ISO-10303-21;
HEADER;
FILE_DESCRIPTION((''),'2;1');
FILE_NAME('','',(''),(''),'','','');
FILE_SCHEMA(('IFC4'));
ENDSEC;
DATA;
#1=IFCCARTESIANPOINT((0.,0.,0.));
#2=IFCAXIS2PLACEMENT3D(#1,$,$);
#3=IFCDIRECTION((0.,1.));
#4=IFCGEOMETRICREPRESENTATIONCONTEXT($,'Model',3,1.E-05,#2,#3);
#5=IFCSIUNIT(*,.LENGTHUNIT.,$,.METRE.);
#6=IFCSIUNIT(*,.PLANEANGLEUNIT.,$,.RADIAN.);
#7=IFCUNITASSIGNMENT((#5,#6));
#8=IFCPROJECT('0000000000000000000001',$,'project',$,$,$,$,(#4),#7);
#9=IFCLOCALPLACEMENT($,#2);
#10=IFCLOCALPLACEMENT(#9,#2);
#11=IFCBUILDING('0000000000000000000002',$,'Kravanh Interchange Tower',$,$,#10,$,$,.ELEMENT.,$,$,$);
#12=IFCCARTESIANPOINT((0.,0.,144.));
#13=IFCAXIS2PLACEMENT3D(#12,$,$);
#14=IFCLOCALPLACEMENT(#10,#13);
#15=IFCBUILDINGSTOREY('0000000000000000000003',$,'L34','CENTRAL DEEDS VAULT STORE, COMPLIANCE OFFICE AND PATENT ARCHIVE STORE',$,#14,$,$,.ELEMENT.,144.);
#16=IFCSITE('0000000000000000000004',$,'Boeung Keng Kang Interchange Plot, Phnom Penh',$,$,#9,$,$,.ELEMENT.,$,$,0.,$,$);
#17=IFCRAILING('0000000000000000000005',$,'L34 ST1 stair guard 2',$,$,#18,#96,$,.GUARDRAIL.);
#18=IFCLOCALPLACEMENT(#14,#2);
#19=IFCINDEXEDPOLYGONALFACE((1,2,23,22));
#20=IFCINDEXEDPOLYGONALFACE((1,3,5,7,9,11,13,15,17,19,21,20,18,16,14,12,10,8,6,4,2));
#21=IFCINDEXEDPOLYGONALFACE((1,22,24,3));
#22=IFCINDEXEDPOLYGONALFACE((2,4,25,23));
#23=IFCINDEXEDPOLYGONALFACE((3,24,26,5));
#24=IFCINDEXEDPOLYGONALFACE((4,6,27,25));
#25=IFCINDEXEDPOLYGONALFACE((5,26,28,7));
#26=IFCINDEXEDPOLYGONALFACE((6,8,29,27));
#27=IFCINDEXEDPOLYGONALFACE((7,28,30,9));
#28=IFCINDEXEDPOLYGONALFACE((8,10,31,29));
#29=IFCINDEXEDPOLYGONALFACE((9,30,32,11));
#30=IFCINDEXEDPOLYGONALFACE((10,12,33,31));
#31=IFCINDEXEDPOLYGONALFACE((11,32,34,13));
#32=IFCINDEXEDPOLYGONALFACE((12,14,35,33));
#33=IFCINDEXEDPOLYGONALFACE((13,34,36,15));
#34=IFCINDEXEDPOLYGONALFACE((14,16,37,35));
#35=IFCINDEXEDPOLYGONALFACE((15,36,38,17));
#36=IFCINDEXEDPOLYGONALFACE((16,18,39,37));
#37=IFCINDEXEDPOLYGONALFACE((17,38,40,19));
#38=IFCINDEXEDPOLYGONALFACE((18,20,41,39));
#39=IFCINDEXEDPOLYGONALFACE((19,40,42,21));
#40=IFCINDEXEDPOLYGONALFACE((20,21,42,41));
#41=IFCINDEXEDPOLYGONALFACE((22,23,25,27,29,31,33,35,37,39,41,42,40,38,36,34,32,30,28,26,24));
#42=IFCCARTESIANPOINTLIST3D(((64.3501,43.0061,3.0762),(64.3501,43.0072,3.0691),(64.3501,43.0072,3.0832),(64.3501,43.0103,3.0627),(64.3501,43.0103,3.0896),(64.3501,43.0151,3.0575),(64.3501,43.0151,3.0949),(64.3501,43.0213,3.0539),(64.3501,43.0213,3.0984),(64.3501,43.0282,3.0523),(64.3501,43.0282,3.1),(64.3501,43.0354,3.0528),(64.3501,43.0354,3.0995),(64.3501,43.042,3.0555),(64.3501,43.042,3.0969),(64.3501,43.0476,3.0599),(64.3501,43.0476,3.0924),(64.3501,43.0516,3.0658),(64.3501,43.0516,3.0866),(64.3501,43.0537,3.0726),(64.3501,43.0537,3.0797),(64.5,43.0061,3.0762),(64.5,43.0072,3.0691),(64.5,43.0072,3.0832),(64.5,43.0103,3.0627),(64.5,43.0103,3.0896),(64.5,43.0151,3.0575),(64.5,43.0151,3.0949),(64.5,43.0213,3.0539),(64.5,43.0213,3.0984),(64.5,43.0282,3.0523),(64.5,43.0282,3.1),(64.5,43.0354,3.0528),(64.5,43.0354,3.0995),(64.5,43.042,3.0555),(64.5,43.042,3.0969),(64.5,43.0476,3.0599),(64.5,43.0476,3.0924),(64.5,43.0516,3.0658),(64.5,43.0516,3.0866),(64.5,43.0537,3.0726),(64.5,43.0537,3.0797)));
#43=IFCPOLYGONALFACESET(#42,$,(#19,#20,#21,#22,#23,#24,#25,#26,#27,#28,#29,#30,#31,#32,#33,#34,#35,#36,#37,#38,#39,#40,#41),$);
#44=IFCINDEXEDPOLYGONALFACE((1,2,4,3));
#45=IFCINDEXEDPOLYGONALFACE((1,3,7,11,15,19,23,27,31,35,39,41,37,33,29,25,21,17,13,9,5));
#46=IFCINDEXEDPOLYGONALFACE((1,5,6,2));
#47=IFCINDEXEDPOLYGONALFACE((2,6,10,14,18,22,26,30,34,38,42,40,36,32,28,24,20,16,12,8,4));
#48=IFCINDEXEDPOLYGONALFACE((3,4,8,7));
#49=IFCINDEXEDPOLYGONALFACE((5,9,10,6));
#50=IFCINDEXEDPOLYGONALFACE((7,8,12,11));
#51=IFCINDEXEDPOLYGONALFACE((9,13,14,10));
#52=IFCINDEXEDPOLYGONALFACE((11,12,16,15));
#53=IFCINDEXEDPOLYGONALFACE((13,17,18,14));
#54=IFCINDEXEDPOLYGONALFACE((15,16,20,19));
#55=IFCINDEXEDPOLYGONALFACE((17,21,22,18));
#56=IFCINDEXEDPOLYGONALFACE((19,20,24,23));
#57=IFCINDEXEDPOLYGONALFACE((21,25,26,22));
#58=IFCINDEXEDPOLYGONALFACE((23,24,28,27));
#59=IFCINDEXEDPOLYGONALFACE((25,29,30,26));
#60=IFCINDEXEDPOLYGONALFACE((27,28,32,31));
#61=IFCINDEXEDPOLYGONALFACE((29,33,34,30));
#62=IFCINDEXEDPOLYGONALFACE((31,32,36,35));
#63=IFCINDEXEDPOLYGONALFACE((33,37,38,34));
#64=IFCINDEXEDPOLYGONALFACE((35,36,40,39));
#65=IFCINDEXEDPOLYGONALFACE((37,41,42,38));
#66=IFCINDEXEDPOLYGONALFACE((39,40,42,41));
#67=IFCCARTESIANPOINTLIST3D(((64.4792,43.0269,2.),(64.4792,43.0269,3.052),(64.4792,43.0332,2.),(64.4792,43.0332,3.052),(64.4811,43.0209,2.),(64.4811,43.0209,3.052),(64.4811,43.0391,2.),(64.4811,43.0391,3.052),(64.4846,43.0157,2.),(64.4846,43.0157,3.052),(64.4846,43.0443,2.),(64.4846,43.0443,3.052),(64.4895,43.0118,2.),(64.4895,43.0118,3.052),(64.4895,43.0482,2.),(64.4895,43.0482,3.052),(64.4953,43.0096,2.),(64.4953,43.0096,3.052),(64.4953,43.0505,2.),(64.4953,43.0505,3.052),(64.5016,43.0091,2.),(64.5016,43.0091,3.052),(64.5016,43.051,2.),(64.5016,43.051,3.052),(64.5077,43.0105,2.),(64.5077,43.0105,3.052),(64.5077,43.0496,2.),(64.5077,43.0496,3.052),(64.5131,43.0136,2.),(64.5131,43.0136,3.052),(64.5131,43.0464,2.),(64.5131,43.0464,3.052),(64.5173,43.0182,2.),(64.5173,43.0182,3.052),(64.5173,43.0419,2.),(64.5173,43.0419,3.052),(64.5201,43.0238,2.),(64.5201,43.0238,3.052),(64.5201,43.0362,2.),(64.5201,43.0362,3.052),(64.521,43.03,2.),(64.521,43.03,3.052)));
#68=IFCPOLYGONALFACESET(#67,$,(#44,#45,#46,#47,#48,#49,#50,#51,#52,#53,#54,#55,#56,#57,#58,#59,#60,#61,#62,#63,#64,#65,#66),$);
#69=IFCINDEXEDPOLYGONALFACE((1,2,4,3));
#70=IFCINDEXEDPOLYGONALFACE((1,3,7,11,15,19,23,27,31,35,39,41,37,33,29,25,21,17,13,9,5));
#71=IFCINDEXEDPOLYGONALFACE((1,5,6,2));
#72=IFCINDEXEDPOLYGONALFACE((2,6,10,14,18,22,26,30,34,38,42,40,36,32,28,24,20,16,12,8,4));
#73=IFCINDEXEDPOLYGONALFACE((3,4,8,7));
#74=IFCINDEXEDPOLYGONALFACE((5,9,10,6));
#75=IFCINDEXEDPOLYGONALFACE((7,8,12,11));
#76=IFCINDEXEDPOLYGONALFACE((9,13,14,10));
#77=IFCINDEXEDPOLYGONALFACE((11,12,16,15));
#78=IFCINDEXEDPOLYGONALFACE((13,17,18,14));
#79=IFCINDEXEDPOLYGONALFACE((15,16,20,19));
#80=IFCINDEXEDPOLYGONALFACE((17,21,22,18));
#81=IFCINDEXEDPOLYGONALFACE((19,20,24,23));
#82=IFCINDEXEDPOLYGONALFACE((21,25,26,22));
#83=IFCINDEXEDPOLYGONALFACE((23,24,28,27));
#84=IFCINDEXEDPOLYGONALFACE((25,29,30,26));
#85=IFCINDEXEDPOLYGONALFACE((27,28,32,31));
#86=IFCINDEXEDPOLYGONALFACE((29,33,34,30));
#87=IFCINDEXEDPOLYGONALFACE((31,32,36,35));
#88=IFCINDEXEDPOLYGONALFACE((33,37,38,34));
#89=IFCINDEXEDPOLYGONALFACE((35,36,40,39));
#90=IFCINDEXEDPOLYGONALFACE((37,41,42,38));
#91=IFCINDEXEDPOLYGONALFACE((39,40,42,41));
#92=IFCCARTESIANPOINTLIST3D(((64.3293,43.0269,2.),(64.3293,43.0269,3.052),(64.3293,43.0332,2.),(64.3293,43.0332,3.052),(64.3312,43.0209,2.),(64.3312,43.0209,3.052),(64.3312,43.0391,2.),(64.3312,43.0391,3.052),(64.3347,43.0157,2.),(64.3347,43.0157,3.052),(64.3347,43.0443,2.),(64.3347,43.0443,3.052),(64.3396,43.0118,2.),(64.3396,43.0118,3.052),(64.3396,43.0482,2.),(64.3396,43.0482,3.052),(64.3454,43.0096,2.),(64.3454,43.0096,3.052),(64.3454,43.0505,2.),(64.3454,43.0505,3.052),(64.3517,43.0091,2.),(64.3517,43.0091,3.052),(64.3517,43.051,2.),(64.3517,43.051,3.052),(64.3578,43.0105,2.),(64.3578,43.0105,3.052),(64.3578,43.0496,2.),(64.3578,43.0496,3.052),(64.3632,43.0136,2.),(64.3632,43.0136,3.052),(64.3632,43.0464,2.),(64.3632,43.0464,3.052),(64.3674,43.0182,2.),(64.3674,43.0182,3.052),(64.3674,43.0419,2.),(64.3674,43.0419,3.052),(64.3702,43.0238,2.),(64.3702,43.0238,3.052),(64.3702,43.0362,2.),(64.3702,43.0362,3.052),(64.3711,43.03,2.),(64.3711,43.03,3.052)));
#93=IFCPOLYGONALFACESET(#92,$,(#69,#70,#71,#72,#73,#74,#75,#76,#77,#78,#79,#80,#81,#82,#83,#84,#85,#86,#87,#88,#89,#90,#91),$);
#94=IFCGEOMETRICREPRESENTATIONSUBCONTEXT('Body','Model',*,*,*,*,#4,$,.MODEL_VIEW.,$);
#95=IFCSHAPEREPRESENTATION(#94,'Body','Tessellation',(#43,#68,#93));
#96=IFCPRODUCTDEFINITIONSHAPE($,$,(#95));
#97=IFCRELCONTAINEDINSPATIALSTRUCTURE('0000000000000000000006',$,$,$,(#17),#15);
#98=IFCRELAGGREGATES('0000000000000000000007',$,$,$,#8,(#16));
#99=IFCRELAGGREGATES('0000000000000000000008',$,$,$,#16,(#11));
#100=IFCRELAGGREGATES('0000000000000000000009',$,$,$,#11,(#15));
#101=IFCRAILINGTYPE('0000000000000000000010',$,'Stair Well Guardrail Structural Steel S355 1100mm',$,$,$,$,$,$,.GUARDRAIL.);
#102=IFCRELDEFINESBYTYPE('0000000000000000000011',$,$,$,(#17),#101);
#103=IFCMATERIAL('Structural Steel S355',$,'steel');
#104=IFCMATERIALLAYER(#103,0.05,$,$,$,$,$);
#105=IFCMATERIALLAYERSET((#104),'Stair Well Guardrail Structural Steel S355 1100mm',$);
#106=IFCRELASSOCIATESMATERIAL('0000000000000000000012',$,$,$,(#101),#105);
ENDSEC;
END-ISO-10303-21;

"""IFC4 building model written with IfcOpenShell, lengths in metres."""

from ifc_helpers import new_model, si_unit, direction, frame, origin, origin_2d, place, context, subcontext, project, spatial, circle, extrude, material, layer, layer_set, type_object, element, save


model = new_model("IFC4")

# Units and contexts
model_context = context("Model", 3, precision=1e-05, world=origin(), true_north=direction((0.0, 1.0)))
body_context = subcontext(model_context, "Body", "Model", "MODEL_VIEW")
ifc_project = project(units=[si_unit("LENGTHUNIT", "METRE"), si_unit("PLANEANGLEUNIT", "RADIAN")], contexts=[model_context])

# Site, building, storey
site_placement = place(None, origin())
site = spatial("IfcSite", under=ifc_project, at=site_placement, Name="Boeung Keng Kang Interchange Plot, Phnom Penh", CompositionType="ELEMENT", RefElevation=0.0)
building_placement = place(site_placement, origin())
building = spatial("IfcBuilding", under=site, at=building_placement, Name="Kravanh Interchange Tower", CompositionType="ELEMENT")
storey_placement = place(building_placement, frame((0.0, 0.0, 144.0)))
storey = spatial("IfcBuildingStorey", under=building, at=storey_placement, Name="L34", Description="CENTRAL DEEDS VAULT STORE, COMPLIANCE OFFICE AND PATENT ARCHIVE STORE", CompositionType="ELEMENT", Elevation=144.0)

# Railing
ifc_material_1 = material(Name="Structural Steel S355", Category="steel")
ifc_layer_1 = layer(ifc_material_1, 0.05)
ifc_layer_set_1 = layer_set([ifc_layer_1], Name="Stair Well Guardrail Structural Steel S355 1100mm")
railing_type_1 = type_object("IfcRailingType", Name="Stair Well Guardrail Structural Steel S355 1100mm", PredefinedType="GUARDRAIL", material=ifc_layer_set_1)
railing_1_placement = place(storey_placement, frame((64.5, 43.03, 2.0)))
element("IfcRailing", 1, at=railing_1_placement, inside=storey, type_object=railing_type_1, Name="L34 ST1 stair guard 2", PredefinedType="GUARDRAIL", context=body_context, shape_type="SweptSolid", body=[
    extrude(circle(Radius=0.0239, at=origin_2d()), frame((0.0, 0.0, 1.0762), z_axis=(-1.0, 0.0, 0.0), x_axis=(0.0, -1.0, 0.0)), (0.0, 0.0, 1.0), 0.1499),
    extrude(circle(Radius=0.021, at=origin_2d()), origin(), (0.0, 0.0, 1.0), 1.052),
    extrude(circle(Radius=0.021, at=origin_2d()), frame((-0.1499, 0.0, 0.0)), (0.0, 0.0, 1.0), 1.052),
])

save(model, "model.ifc")
